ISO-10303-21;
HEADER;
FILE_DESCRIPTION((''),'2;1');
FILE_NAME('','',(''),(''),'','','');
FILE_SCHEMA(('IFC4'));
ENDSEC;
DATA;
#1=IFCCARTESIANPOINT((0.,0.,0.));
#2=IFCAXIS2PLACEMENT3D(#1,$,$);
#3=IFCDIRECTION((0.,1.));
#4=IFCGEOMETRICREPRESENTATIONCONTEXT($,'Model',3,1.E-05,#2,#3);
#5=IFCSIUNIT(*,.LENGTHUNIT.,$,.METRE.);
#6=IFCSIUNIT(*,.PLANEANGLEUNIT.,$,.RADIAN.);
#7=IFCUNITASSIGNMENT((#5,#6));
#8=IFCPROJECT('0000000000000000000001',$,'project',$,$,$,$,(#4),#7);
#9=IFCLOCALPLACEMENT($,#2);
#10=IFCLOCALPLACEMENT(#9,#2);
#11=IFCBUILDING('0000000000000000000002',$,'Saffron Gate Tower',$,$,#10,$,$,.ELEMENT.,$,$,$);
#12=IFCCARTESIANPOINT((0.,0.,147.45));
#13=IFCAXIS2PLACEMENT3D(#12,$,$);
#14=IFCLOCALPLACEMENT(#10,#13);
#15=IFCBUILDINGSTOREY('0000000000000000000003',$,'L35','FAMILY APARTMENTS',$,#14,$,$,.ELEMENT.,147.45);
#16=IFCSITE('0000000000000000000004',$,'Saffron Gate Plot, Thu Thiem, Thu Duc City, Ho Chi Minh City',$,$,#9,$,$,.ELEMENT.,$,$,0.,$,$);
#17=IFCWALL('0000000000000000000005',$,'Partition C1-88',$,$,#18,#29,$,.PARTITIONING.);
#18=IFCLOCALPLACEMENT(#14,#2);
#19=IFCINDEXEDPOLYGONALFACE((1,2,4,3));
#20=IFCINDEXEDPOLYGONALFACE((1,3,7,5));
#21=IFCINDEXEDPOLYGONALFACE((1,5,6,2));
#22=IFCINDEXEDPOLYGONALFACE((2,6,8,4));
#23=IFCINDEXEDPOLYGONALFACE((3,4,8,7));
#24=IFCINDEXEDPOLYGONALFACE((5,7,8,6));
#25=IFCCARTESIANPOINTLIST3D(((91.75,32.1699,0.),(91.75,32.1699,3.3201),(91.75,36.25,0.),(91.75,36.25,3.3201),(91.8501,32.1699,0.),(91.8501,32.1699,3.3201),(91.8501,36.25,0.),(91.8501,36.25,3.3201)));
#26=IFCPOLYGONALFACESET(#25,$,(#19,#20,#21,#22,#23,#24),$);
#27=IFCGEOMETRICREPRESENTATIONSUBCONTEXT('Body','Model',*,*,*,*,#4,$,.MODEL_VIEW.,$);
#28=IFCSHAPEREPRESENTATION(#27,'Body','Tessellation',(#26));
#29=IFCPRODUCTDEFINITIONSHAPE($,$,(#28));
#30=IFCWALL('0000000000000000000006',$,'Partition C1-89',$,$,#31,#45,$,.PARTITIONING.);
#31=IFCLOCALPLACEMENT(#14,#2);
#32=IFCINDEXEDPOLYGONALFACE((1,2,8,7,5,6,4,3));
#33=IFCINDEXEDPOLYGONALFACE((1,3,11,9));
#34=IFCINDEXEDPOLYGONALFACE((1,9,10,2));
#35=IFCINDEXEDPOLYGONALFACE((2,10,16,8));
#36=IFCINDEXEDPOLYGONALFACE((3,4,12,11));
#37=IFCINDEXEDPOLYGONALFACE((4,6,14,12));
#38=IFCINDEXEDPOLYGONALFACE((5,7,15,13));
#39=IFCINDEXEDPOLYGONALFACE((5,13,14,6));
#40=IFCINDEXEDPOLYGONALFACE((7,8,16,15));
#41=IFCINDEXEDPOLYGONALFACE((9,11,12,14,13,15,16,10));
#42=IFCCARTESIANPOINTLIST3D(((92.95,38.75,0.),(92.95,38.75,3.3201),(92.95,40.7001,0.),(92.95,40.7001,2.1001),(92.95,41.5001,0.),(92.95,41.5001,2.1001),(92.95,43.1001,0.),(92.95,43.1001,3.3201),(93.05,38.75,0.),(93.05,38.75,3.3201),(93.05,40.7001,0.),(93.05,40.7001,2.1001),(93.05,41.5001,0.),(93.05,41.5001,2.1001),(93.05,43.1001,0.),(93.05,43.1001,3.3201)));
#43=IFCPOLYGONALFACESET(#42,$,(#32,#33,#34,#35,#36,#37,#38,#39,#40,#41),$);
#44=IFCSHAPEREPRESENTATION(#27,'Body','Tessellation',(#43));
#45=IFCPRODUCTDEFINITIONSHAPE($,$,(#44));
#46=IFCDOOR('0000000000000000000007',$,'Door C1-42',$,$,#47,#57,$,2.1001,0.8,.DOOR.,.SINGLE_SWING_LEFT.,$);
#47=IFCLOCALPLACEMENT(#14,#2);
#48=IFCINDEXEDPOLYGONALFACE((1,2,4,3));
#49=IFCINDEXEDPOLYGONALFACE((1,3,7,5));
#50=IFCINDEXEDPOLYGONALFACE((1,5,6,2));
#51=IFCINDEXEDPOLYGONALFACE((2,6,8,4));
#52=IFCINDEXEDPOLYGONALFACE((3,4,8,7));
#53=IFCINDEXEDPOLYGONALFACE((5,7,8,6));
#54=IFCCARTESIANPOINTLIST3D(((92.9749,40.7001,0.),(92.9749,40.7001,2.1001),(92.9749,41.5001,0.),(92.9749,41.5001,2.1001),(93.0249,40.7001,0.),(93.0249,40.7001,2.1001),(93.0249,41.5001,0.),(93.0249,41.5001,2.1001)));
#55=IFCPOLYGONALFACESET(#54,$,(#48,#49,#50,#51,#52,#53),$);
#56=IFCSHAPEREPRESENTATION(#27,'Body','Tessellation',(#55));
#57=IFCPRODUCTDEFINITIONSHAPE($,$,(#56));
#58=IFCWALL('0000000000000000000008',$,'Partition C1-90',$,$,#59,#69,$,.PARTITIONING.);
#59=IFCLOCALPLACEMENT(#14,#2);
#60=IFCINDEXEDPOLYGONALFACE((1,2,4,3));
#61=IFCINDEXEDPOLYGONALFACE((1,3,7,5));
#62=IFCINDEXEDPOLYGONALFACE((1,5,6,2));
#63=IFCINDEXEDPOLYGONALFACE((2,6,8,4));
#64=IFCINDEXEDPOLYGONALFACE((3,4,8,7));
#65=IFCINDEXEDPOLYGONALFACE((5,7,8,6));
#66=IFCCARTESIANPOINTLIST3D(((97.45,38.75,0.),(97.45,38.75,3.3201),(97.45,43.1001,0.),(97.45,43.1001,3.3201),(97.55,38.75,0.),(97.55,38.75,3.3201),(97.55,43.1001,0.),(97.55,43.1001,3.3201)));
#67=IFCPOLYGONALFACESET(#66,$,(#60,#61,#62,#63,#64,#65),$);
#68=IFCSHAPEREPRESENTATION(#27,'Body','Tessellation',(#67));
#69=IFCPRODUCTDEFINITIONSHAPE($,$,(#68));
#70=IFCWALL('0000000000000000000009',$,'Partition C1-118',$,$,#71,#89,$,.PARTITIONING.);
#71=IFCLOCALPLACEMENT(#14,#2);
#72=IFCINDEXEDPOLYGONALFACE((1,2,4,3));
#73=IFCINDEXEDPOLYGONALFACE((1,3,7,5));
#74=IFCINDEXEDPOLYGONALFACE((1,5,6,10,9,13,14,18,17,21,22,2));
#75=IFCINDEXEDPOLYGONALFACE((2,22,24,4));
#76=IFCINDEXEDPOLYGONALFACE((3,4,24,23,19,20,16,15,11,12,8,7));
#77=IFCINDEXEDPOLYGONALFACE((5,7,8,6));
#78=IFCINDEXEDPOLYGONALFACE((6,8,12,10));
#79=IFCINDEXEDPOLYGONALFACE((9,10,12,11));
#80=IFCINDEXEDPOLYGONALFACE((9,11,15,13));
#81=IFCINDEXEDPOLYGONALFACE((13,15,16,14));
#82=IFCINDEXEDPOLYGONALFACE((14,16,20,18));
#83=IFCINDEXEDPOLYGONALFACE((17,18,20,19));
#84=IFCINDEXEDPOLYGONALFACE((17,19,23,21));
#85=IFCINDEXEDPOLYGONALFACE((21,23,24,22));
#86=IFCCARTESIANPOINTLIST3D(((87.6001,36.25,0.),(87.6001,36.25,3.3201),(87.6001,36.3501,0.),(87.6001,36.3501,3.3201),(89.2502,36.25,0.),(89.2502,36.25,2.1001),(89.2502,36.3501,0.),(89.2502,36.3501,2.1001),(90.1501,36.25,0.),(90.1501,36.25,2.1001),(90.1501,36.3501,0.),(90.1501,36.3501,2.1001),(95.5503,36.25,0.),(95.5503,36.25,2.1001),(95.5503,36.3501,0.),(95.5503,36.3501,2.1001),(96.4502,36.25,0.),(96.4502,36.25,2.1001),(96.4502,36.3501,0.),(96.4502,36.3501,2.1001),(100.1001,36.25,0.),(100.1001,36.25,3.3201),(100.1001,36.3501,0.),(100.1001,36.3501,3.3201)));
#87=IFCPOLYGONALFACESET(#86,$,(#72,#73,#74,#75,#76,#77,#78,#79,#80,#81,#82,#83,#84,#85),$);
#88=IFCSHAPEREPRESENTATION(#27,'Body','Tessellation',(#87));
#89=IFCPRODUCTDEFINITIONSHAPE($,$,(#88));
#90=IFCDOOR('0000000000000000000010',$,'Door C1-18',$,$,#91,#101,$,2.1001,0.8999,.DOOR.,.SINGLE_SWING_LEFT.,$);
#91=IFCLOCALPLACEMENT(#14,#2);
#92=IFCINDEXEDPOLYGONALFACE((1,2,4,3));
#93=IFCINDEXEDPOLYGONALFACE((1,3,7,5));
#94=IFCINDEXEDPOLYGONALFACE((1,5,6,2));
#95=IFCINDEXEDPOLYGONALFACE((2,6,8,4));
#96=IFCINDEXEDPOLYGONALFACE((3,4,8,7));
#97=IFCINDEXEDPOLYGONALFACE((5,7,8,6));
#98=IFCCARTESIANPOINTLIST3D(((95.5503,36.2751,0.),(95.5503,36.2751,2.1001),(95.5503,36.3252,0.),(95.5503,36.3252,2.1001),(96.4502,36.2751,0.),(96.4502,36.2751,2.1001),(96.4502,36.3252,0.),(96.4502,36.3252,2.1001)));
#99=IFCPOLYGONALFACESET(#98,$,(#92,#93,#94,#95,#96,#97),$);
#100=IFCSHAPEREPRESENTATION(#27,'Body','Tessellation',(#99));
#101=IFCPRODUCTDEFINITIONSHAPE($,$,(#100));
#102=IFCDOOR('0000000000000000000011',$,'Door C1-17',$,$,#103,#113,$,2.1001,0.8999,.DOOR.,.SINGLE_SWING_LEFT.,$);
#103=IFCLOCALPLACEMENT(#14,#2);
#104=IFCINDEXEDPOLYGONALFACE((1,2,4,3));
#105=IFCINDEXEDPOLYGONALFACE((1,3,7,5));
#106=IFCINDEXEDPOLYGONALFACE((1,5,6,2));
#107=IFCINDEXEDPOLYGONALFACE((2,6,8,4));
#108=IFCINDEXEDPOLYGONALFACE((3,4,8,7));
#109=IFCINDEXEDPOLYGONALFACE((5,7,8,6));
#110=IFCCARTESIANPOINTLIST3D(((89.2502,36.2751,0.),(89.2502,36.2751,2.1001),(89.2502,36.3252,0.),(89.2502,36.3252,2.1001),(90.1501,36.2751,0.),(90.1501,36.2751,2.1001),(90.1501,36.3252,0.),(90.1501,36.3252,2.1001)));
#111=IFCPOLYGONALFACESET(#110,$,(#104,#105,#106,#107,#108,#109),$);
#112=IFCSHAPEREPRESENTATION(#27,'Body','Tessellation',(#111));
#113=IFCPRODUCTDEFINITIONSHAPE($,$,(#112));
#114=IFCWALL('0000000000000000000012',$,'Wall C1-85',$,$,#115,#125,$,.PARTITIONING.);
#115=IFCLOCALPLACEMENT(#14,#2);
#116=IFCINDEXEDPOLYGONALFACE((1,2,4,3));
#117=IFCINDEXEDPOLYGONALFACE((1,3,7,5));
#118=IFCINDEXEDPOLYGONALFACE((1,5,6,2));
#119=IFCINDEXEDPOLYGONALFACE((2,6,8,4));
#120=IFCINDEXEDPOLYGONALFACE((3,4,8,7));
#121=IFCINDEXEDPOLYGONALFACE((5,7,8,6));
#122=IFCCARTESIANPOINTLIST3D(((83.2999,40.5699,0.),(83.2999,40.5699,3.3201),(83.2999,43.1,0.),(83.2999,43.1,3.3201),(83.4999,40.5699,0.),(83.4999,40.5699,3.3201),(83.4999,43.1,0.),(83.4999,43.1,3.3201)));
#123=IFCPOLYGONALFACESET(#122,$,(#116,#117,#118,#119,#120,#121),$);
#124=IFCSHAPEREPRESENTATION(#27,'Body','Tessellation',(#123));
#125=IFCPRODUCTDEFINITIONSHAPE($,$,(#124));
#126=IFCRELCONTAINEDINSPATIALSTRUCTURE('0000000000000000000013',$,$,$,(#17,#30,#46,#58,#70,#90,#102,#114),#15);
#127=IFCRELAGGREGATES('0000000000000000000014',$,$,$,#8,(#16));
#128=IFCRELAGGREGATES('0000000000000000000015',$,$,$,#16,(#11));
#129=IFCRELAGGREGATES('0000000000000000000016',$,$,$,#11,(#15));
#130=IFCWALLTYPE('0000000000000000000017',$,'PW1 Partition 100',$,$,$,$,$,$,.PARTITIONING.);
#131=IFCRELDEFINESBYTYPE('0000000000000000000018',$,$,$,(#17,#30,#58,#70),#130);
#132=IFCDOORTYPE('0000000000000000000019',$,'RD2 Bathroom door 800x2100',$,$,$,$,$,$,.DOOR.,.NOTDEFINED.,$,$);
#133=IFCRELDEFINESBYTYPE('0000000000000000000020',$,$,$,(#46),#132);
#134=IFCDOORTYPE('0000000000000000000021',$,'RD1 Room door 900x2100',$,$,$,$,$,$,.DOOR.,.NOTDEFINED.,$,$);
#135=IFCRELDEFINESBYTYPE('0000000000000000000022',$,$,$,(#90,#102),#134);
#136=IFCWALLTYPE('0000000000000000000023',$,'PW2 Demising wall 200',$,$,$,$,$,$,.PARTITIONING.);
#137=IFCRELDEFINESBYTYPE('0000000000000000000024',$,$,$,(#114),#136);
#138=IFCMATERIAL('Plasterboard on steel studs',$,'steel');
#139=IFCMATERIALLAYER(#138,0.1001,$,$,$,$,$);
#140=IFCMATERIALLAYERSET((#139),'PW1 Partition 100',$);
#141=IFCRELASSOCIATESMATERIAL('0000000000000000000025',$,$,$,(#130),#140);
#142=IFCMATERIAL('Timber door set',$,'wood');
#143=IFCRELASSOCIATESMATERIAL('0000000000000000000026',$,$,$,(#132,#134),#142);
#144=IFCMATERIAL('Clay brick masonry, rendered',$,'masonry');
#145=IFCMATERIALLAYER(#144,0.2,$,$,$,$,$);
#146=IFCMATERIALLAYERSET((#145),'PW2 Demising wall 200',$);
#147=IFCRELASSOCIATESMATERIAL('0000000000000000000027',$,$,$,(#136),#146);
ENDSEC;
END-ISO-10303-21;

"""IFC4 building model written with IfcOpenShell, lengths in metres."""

from ifc_helpers import new_model, si_unit, direction, frame, frame_2d, origin, place, context, subcontext, project, spatial, rectangle, extrude, material, layer, layer_set, type_object, element, fill, save


model = new_model("IFC4")

# Units and contexts
model_context = context("Model", 3, precision=1e-05, world=origin(), true_north=direction((0.0, 1.0)))
body_context = subcontext(model_context, "Body", "Model", "MODEL_VIEW")
ifc_project = project(units=[si_unit("LENGTHUNIT", "METRE"), si_unit("PLANEANGLEUNIT", "RADIAN")], contexts=[model_context])

# Site, building, storey
site_placement = place(None, origin())
site = spatial("IfcSite", under=ifc_project, at=site_placement, Name="Saffron Gate Plot, Thu Thiem, Thu Duc City, Ho Chi Minh City", CompositionType="ELEMENT", RefElevation=0.0)
building_placement = place(site_placement, origin())
building = spatial("IfcBuilding", under=site, at=building_placement, Name="Saffron Gate Tower", CompositionType="ELEMENT")
storey_placement = place(building_placement, frame((0.0, 0.0, 147.45)))
storey = spatial("IfcBuildingStorey", under=building, at=storey_placement, Name="L35", Description="FAMILY APARTMENTS", CompositionType="ELEMENT", Elevation=147.45)

# Shared definitions
ifc_material_1 = material(Name="Plasterboard on steel studs", Category="steel")
ifc_layer_1 = layer(ifc_material_1, 0.1001)
ifc_layer_set_1 = layer_set([ifc_layer_1], Name="PW1 Partition 100")
wall_type_1 = type_object("IfcWallType", Name="PW1 Partition 100", PredefinedType="PARTITIONING", material=ifc_layer_set_1)
ifc_material_2 = material(Name="Timber door set", Category="wood")
door_type_1 = type_object("IfcDoorType", Name="RD2 Bathroom door 800x2100", OperationType="NOTDEFINED", PredefinedType="DOOR", material=ifc_material_2)

# Wall
wall_1_placement = place(storey_placement, frame((91.8, 36.25, 0.0), z_axis=(0.0, 0.0, 1.0), x_axis=(0.0, -1.0, 0.0)))
element("IfcWall", 1, at=wall_1_placement, inside=storey, type_object=wall_type_1, Name="Partition C1-88", PredefinedType="PARTITIONING", context=body_context, shape_type="SweptSolid", body=[
    extrude(rectangle(XDim=4.0801, YDim=0.1001, at=frame_2d((2.04, 0.0))), origin(), (0.0, 0.0, 1.0), 3.3201),
])

# Wall, opening, door
wall_2_placement = place(storey_placement, frame((93.0, 43.1001, 0.0), z_axis=(0.0, 0.0, 1.0), x_axis=(0.0, -1.0, 0.0)))
wall_2 = element("IfcWall", 2, at=wall_2_placement, inside=storey, type_object=wall_type_1, Name="Partition C1-89", PredefinedType="PARTITIONING", context=body_context, shape_type="SweptSolid", body=[
    extrude(rectangle(XDim=4.3501, YDim=0.1001, at=frame_2d((2.175, 0.0))), origin(), (0.0, 0.0, 1.0), 3.3201),
])
opening_1_placement = place(wall_2_placement, frame((1.6001, 0.0, 0.0)))
opening_1 = element("IfcOpeningElement", 3, at=opening_1_placement, cuts=wall_2, PredefinedType="OPENING", context=body_context, shape_type="SweptSolid", body=[
    extrude(rectangle(XDim=0.8, YDim=2.1001, at=frame_2d((0.3999, 1.05))), frame((0.0, 0.0601, 0.0), z_axis=(0.0, -1.0, 0.0), x_axis=(1.0, 0.0, 0.0)), (0.0, 0.0, 1.0), 0.1201),
])
door_1_placement = place(opening_1_placement, origin())
door_1 = element("IfcDoor", 4, at=door_1_placement, inside=storey, type_object=door_type_1, Name="Door C1-42", OperationType="SINGLE_SWING_LEFT", OverallHeight=2.1001, OverallWidth=0.8, PredefinedType="DOOR", context=body_context, shape_type="SweptSolid", body=[
    extrude(rectangle(XDim=0.8, YDim=2.1001, at=frame_2d((0.3999, 1.05))), frame((0.0, 0.0249, 0.0), z_axis=(0.0, -1.0, 0.0), x_axis=(1.0, 0.0, 0.0)), (0.0, 0.0, 1.0), 0.05),
])
fill(opening_1, door_1)

# Wall
wall_3_placement = place(storey_placement, frame((97.5, 43.1001, 0.0), z_axis=(0.0, 0.0, 1.0), x_axis=(0.0, -1.0, 0.0)))
element("IfcWall", 5, at=wall_3_placement, inside=storey, type_object=wall_type_1, Name="Partition C1-90", PredefinedType="PARTITIONING", context=body_context, shape_type="SweptSolid", body=[
    extrude(rectangle(XDim=4.3501, YDim=0.1001, at=frame_2d((2.175, 0.0))), origin(), (0.0, 0.0, 1.0), 3.3201),
])

# Wall, openings, doors
wall_4_placement = place(storey_placement, frame((100.1001, 36.3, 0.0), z_axis=(0.0, 0.0, 1.0), x_axis=(-1.0, 0.0, 0.0)))
wall_4 = element("IfcWall", 6, at=wall_4_placement, inside=storey, type_object=wall_type_1, Name="Partition C1-118", PredefinedType="PARTITIONING", context=body_context, shape_type="SweptSolid", body=[
    extrude(rectangle(XDim=12.5, YDim=0.1001, at=frame_2d((6.25, 0.0))), origin(), (0.0, 0.0, 1.0), 3.3201),
])
opening_2_placement = place(wall_4_placement, frame((3.6499, 0.0, 0.0)))
opening_2 = element("IfcOpeningElement", 7, at=opening_2_placement, cuts=wall_4, PredefinedType="OPENING", context=body_context, shape_type="SweptSolid", body=[
    extrude(rectangle(XDim=0.8999, YDim=2.1001, at=frame_2d((0.45, 1.05))), frame((0.0, 0.0601, 0.0), z_axis=(0.0, -1.0, 0.0), x_axis=(1.0, 0.0, 0.0)), (0.0, 0.0, 1.0), 0.1201),
])
opening_3_placement = place(wall_4_placement, frame((9.95, 0.0, 0.0)))
opening_3 = element("IfcOpeningElement", 8, at=opening_3_placement, cuts=wall_4, PredefinedType="OPENING", context=body_context, shape_type="SweptSolid", body=[
    extrude(rectangle(XDim=0.8999, YDim=2.1001, at=frame_2d((0.45, 1.05))), frame((0.0, 0.0601, 0.0), z_axis=(0.0, -1.0, 0.0), x_axis=(1.0, 0.0, 0.0)), (0.0, 0.0, 1.0), 0.1201),
])
door_type_2 = type_object("IfcDoorType", Name="RD1 Room door 900x2100", OperationType="NOTDEFINED", PredefinedType="DOOR", material=ifc_material_2)
door_2_placement = place(opening_2_placement, origin())
door_2 = element("IfcDoor", 9, at=door_2_placement, inside=storey, type_object=door_type_2, Name="Door C1-18", OperationType="SINGLE_SWING_LEFT", OverallHeight=2.1001, OverallWidth=0.8999, PredefinedType="DOOR", context=body_context, shape_type="SweptSolid", body=[
    extrude(rectangle(XDim=0.8999, YDim=2.1001, at=frame_2d((0.45, 1.05))), frame((0.0, 0.0249, 0.0), z_axis=(0.0, -1.0, 0.0), x_axis=(1.0, 0.0, 0.0)), (0.0, 0.0, 1.0), 0.05),
])
fill(opening_2, door_2)
door_3_placement = place(opening_3_placement, origin())
door_3 = element("IfcDoor", 10, at=door_3_placement, inside=storey, type_object=door_type_2, Name="Door C1-17", OperationType="SINGLE_SWING_LEFT", OverallHeight=2.1001, OverallWidth=0.8999, PredefinedType="DOOR", context=body_context, shape_type="SweptSolid", body=[
    extrude(rectangle(XDim=0.8999, YDim=2.1001, at=frame_2d((0.45, 1.05))), frame((0.0, 0.0249, 0.0), z_axis=(0.0, -1.0, 0.0), x_axis=(1.0, 0.0, 0.0)), (0.0, 0.0, 1.0), 0.05),
])
fill(opening_3, door_3)

# Wall
ifc_material_3 = material(Name="Clay brick masonry, rendered", Category="masonry")
ifc_layer_2 = layer(ifc_material_3, 0.2)
ifc_layer_set_2 = layer_set([ifc_layer_2], Name="PW2 Demising wall 200")
wall_type_2 = type_object("IfcWallType", Name="PW2 Demising wall 200", PredefinedType="PARTITIONING", material=ifc_layer_set_2)
wall_5_placement = place(storey_placement, frame((83.3999, 43.1001, 0.0), z_axis=(0.0, 0.0, 1.0), x_axis=(0.0, -1.0, 0.0)))
element("IfcWall", 11, at=wall_5_placement, inside=storey, type_object=wall_type_2, Name="Wall C1-85", PredefinedType="PARTITIONING", context=body_context, shape_type="SweptSolid", body=[
    extrude(rectangle(XDim=2.53, YDim=0.2, at=frame_2d((1.2651, 0.0))), origin(), (0.0, 0.0, 1.0), 3.3201),
])

save(model, "model.ifc")
